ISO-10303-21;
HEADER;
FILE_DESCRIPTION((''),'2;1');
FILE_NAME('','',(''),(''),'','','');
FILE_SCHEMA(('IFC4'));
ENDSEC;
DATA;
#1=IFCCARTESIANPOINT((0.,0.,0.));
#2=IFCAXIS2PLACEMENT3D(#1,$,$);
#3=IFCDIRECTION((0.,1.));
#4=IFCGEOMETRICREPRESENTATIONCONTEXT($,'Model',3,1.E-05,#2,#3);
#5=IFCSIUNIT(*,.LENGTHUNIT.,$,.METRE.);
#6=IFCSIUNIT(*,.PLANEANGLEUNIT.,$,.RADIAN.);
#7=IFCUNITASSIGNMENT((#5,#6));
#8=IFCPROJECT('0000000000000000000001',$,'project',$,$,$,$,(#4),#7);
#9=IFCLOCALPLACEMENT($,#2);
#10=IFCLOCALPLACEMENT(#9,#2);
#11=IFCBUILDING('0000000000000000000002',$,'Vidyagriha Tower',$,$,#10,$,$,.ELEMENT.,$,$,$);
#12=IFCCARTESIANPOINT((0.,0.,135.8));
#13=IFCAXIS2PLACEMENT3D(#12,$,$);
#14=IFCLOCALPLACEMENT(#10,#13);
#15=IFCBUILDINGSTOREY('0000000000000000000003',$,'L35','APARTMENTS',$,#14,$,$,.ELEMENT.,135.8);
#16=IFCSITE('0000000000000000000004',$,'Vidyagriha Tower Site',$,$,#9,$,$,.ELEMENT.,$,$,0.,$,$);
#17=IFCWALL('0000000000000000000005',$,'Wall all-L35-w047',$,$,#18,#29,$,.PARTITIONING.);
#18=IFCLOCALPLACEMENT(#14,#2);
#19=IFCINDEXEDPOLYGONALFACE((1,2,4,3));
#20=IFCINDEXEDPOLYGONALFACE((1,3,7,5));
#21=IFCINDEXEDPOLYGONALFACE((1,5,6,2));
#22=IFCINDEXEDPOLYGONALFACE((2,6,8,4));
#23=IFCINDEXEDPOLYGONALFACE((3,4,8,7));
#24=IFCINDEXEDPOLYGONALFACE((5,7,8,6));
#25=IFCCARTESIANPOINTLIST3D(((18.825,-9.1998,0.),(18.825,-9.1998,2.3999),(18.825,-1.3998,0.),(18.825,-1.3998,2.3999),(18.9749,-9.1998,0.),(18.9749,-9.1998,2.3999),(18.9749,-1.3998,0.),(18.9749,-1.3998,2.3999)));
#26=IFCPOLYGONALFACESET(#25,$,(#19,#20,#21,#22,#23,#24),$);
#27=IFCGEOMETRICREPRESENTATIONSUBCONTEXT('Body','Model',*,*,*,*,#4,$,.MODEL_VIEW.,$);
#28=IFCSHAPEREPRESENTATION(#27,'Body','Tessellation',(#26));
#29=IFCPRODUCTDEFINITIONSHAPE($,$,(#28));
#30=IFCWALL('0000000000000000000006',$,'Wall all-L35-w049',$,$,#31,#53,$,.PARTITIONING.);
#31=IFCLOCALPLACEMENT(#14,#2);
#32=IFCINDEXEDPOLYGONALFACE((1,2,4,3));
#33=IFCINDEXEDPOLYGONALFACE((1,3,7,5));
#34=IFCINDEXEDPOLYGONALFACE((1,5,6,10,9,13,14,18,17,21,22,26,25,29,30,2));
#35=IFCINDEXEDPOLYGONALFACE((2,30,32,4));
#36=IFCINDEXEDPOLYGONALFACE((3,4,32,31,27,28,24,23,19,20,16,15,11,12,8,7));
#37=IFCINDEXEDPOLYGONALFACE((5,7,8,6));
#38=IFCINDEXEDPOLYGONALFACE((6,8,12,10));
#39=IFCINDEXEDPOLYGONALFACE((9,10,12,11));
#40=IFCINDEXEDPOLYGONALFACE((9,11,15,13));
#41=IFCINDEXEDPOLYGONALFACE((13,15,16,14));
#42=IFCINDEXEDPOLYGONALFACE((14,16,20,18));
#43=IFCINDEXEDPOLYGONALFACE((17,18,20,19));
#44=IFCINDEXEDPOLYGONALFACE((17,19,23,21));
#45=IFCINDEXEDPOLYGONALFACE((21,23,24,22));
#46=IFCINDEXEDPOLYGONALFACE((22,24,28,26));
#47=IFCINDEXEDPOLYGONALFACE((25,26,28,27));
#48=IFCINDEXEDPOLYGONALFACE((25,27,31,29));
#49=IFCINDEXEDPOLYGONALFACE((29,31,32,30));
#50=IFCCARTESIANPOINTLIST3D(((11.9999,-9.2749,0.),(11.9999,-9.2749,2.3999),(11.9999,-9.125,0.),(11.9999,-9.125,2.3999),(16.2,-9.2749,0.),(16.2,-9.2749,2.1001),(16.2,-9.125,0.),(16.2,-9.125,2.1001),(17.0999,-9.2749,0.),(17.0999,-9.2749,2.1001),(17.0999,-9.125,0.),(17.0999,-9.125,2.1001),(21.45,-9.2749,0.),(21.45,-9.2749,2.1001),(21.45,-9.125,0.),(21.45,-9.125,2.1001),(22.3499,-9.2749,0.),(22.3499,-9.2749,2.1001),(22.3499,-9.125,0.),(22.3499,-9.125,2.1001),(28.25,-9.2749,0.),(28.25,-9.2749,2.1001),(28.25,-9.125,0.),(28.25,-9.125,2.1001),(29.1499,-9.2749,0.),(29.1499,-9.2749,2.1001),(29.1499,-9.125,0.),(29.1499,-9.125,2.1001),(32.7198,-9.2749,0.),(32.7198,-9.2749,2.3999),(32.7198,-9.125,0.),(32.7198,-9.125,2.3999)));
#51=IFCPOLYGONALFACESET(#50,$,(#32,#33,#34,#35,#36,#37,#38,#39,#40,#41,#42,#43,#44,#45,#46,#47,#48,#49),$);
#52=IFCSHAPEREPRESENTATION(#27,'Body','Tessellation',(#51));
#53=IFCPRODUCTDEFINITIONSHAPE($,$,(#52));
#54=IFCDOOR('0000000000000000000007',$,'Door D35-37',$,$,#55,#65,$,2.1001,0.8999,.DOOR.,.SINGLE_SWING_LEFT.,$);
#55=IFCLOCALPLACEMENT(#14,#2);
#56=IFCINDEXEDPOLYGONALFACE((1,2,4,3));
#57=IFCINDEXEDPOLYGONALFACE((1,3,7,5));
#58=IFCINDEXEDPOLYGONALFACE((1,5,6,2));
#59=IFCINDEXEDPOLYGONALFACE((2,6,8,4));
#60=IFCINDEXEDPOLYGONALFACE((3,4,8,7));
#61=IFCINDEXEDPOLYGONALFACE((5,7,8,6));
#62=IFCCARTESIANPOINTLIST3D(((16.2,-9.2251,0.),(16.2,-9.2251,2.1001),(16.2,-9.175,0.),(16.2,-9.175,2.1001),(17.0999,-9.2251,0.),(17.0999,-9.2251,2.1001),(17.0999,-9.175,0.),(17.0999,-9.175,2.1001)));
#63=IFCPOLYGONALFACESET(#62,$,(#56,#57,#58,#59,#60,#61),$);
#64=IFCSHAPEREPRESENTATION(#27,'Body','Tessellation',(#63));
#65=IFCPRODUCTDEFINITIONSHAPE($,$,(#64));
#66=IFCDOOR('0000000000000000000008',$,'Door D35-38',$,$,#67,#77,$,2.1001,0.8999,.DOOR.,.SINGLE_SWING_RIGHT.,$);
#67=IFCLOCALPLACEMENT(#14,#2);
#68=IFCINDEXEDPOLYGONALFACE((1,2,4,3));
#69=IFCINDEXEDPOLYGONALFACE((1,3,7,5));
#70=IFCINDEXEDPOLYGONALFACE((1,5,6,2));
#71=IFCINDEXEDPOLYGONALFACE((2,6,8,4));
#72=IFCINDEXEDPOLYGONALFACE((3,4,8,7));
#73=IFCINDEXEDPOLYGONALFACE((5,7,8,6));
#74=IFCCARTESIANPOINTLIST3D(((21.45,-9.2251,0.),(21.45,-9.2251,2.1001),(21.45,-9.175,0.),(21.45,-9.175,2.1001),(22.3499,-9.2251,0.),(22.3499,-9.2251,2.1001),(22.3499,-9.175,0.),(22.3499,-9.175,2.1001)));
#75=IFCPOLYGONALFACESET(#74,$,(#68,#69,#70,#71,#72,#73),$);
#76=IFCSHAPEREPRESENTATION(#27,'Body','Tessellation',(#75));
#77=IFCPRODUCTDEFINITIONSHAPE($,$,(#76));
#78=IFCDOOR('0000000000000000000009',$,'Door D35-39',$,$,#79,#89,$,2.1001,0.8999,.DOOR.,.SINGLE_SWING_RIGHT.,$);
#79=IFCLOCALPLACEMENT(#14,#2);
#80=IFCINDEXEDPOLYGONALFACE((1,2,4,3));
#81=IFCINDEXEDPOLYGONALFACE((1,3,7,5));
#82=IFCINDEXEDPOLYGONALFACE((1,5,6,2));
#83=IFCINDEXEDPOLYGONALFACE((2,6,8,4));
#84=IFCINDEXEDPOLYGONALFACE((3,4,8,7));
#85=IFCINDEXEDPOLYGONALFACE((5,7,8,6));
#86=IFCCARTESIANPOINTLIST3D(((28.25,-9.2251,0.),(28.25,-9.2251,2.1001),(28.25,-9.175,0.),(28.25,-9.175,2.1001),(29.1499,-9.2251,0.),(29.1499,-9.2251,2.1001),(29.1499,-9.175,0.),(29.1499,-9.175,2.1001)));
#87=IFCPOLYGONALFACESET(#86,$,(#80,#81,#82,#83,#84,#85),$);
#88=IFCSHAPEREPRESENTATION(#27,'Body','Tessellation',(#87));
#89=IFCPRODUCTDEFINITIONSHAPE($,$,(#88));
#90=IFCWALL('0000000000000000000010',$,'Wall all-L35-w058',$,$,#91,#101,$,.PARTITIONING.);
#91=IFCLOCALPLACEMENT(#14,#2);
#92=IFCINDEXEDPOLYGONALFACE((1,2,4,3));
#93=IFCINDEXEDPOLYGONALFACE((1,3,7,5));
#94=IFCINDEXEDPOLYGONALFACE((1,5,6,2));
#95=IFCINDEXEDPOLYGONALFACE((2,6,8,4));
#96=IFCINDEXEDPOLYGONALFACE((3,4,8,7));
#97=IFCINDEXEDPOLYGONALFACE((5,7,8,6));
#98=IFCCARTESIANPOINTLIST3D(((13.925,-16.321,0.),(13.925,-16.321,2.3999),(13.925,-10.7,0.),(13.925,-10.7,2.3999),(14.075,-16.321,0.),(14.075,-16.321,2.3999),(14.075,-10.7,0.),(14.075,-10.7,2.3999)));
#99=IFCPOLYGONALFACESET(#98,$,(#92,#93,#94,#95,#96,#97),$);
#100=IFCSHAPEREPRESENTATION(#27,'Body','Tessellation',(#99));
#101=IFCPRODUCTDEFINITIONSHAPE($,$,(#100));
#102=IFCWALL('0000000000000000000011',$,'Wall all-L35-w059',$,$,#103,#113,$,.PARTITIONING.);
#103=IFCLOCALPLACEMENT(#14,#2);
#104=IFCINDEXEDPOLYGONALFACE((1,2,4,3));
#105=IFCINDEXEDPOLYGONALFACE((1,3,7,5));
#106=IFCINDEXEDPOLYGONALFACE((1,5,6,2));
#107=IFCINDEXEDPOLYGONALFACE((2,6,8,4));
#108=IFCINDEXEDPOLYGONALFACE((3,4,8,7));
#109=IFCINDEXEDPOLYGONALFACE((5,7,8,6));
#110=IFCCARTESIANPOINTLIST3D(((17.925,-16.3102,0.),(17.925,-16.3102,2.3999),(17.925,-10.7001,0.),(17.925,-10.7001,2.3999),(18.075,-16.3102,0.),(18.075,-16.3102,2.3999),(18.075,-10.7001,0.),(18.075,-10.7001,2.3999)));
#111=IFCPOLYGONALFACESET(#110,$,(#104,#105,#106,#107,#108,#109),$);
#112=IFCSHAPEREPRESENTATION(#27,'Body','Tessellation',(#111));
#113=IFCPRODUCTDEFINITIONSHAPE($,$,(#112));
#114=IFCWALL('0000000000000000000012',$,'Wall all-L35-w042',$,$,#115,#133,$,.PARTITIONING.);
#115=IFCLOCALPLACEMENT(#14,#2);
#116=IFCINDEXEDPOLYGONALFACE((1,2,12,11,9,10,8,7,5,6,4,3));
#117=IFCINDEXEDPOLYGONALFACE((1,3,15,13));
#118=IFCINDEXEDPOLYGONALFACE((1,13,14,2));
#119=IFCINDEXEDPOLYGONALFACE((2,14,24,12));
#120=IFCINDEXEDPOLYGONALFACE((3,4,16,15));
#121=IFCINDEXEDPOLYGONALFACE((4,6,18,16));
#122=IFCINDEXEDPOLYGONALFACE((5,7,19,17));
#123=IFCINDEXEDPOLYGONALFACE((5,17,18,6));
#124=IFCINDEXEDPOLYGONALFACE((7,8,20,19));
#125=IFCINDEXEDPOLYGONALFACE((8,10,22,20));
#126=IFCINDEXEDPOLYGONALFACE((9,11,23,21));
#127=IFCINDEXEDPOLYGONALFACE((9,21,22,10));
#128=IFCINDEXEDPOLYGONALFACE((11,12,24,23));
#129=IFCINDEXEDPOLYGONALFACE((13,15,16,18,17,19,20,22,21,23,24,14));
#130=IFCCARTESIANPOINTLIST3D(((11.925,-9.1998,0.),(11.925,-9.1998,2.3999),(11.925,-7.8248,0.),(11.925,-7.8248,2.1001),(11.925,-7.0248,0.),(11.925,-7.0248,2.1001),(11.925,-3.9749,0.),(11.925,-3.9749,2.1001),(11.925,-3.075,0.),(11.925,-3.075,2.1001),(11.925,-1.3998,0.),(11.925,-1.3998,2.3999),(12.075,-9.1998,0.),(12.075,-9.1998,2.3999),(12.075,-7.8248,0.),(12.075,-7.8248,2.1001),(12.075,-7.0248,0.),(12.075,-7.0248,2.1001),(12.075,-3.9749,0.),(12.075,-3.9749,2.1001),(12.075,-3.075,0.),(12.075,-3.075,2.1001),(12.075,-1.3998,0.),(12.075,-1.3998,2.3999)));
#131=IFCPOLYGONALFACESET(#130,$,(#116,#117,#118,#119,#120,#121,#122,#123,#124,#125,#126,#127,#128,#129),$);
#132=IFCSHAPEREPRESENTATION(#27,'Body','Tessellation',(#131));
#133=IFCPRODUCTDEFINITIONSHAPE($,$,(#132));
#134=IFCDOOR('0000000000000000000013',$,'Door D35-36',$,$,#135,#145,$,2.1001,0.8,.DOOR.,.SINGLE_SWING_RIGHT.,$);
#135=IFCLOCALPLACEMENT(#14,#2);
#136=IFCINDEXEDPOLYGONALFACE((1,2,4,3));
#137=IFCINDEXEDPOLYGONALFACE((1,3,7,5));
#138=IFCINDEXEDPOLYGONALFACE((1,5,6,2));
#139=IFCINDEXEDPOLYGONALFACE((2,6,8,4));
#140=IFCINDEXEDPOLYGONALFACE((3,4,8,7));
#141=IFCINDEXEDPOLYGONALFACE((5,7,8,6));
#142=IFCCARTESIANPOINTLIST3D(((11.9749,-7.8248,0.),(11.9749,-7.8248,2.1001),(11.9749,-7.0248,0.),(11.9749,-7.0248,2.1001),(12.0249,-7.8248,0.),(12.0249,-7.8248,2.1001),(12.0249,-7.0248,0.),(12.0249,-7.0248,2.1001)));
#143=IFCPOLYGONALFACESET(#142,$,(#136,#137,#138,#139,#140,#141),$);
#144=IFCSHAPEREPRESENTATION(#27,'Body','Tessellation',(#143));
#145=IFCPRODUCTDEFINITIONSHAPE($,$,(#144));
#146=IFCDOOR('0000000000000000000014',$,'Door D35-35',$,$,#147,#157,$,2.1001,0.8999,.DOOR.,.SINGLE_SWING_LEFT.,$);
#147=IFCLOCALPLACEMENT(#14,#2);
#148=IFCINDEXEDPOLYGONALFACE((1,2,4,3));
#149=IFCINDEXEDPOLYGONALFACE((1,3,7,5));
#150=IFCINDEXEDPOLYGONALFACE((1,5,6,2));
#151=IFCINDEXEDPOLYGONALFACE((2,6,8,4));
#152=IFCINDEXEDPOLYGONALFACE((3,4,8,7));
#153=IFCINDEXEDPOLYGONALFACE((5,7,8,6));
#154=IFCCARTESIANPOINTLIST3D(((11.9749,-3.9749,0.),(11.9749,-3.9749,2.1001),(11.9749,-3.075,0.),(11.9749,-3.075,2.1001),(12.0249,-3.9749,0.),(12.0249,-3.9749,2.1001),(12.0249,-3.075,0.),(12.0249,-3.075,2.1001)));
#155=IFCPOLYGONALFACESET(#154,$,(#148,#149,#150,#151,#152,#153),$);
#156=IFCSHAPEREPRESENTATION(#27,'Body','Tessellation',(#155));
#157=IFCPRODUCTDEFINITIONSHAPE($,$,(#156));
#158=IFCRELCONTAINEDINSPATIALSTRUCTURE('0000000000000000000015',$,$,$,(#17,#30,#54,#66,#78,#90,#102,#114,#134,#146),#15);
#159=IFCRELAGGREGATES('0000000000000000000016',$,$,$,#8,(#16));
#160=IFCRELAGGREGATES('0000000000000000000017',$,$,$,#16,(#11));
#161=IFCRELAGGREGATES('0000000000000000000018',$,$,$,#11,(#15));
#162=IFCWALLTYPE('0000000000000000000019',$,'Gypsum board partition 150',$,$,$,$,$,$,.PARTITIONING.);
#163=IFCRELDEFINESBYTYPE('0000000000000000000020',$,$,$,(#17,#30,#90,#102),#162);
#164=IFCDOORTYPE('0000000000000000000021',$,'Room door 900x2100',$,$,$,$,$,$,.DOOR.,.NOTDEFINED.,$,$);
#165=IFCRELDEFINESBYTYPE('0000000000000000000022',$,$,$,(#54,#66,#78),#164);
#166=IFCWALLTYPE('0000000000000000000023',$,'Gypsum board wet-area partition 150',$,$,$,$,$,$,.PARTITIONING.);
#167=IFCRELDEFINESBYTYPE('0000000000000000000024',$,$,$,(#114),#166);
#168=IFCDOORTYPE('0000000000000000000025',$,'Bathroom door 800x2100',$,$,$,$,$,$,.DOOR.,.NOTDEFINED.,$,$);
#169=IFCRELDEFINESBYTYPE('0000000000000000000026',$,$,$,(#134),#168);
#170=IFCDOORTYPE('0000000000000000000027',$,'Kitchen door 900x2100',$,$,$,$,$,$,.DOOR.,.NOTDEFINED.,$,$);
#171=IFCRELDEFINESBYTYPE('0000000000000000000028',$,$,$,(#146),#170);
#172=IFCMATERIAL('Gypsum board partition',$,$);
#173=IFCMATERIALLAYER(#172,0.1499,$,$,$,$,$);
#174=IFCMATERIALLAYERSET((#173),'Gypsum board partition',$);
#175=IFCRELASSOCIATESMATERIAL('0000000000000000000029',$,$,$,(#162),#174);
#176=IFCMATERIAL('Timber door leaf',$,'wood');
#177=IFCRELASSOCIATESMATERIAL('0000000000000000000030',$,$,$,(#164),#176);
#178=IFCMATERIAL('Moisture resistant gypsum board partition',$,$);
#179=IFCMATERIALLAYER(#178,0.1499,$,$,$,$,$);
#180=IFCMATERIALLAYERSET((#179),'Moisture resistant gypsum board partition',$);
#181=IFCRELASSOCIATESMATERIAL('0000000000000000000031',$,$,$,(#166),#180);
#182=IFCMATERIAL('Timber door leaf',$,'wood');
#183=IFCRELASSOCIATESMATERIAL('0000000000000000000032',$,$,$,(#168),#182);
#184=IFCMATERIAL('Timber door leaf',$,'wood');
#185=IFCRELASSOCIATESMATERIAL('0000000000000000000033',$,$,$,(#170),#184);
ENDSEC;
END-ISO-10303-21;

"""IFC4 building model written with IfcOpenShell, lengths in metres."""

from ifc_helpers import new_model, si_unit, direction, frame, frame_2d, origin, place, context, subcontext, project, spatial, rectangle, extrude, material, layer, layer_set, type_object, element, fill, save


model = new_model("IFC4")

# Units and contexts
model_context = context("Model", 3, precision=1e-05, world=origin(), true_north=direction((0.0, 1.0)))
body_context = subcontext(model_context, "Body", "Model", "MODEL_VIEW")
ifc_project = project(units=[si_unit("LENGTHUNIT", "METRE"), si_unit("PLANEANGLEUNIT", "RADIAN")], contexts=[model_context])

# Site, building, storey
site_placement = place(None, origin())
site = spatial("IfcSite", under=ifc_project, at=site_placement, Name="Vidyagriha Tower Site", CompositionType="ELEMENT", RefElevation=0.0)
building_placement = place(site_placement, origin())
building = spatial("IfcBuilding", under=site, at=building_placement, Name="Vidyagriha Tower", CompositionType="ELEMENT")
storey_placement = place(building_placement, frame((0.0, 0.0, 135.8)))
storey = spatial("IfcBuildingStorey", under=building, at=storey_placement, Name="L35", Description="APARTMENTS", CompositionType="ELEMENT", Elevation=135.8)

# Wall
ifc_material_1 = material(Name="Gypsum board partition")
ifc_layer_1 = layer(ifc_material_1, 0.1499)
ifc_layer_set_1 = layer_set([ifc_layer_1], Name="Gypsum board partition")
wall_type_1 = type_object("IfcWallType", Name="Gypsum board partition 150", PredefinedType="PARTITIONING", material=ifc_layer_set_1)
for number, where, z_axis, x_axis, name in (
    (1, (18.8999, -1.3999, 0.0), (0.0, 0.0, 1.0), (0.0, -1.0, 0.0), "Wall all-L35-w047"),
):
    element("IfcWall", number, at=place(storey_placement, frame(where, z_axis=z_axis, x_axis=x_axis)), inside=storey, type_object=wall_type_1, Name=name, PredefinedType="PARTITIONING", context=body_context, shape_type="SweptSolid", body=[
        extrude(rectangle(XDim=7.8, YDim=0.1499, at=frame_2d((3.8999, 0.0))), origin(), (0.0, 0.0, 1.0), 2.3999),
    ])

# Wall, openings, doors
wall_1_placement = place(storey_placement, frame((12.0, -9.2, 0.0)))
wall_1 = element("IfcWall", 2, at=wall_1_placement, inside=storey, type_object=wall_type_1, Name="Wall all-L35-w049", PredefinedType="PARTITIONING", context=body_context, shape_type="SweptSolid", body=[
    extrude(rectangle(XDim=20.72, YDim=0.1499, at=frame_2d((10.3599, 0.0))), origin(), (0.0, 0.0, 1.0), 2.3999),
])
opening_1_placement = place(wall_1_placement, frame((4.2, 0.0, 0.0)))
opening_1 = element("IfcOpeningElement", 3, at=opening_1_placement, cuts=wall_1, PredefinedType="OPENING", context=body_context, shape_type="SweptSolid", body=[
    extrude(rectangle(XDim=0.8999, YDim=2.1001, at=frame_2d((0.45, 1.05))), frame((0.0, 0.085, 0.0), z_axis=(0.0, -1.0, 0.0), x_axis=(1.0, 0.0, 0.0)), (0.0, 0.0, 1.0), 0.1699),
])
opening_2_placement = place(wall_1_placement, frame((9.45, 0.0, 0.0)))
opening_2 = element("IfcOpeningElement", 4, at=opening_2_placement, cuts=wall_1, PredefinedType="OPENING", context=body_context, shape_type="SweptSolid", body=[
    extrude(rectangle(XDim=0.8999, YDim=2.1001, at=frame_2d((0.45, 1.05))), frame((0.0, 0.085, 0.0), z_axis=(0.0, -1.0, 0.0), x_axis=(1.0, 0.0, 0.0)), (0.0, 0.0, 1.0), 0.1699),
])
opening_3_placement = place(wall_1_placement, frame((16.25, 0.0, 0.0)))
opening_3 = element("IfcOpeningElement", 5, at=opening_3_placement, cuts=wall_1, PredefinedType="OPENING", context=body_context, shape_type="SweptSolid", body=[
    extrude(rectangle(XDim=0.8999, YDim=2.1001, at=frame_2d((0.45, 1.05))), frame((0.0, 0.085, 0.0), z_axis=(0.0, -1.0, 0.0), x_axis=(1.0, 0.0, 0.0)), (0.0, 0.0, 1.0), 0.1699),
])
ifc_material_2 = material(Name="Timber door leaf", Category="wood")
door_type_1 = type_object("IfcDoorType", Name="Room door 900x2100", OperationType="NOTDEFINED", PredefinedType="DOOR", material=ifc_material_2)
door_1_placement = place(opening_1_placement, origin())
door_1 = element("IfcDoor", 6, at=door_1_placement, inside=storey, type_object=door_type_1, Name="Door D35-37", OperationType="SINGLE_SWING_LEFT", OverallHeight=2.1001, OverallWidth=0.8999, PredefinedType="DOOR", context=body_context, shape_type="SweptSolid", body=[
    extrude(rectangle(XDim=0.8999, YDim=2.1001, at=frame_2d((0.45, 1.05))), frame((0.0, 0.0249, 0.0), z_axis=(0.0, -1.0, 0.0), x_axis=(1.0, 0.0, 0.0)), (0.0, 0.0, 1.0), 0.05),
])
fill(opening_1, door_1)
door_2_placement = place(opening_2_placement, origin())
door_2 = element("IfcDoor", 7, at=door_2_placement, inside=storey, type_object=door_type_1, Name="Door D35-38", OperationType="SINGLE_SWING_RIGHT", OverallHeight=2.1001, OverallWidth=0.8999, PredefinedType="DOOR", context=body_context, shape_type="SweptSolid", body=[
    extrude(rectangle(XDim=0.8999, YDim=2.1001, at=frame_2d((0.45, 1.05))), frame((0.0, 0.0249, 0.0), z_axis=(0.0, -1.0, 0.0), x_axis=(1.0, 0.0, 0.0)), (0.0, 0.0, 1.0), 0.05),
])
fill(opening_2, door_2)
door_3_placement = place(opening_3_placement, origin())
door_3 = element("IfcDoor", 8, at=door_3_placement, inside=storey, type_object=door_type_1, Name="Door D35-39", OperationType="SINGLE_SWING_RIGHT", OverallHeight=2.1001, OverallWidth=0.8999, PredefinedType="DOOR", context=body_context, shape_type="SweptSolid", body=[
    extrude(rectangle(XDim=0.8999, YDim=2.1001, at=frame_2d((0.45, 1.05))), frame((0.0, 0.0249, 0.0), z_axis=(0.0, -1.0, 0.0), x_axis=(1.0, 0.0, 0.0)), (0.0, 0.0, 1.0), 0.05),
])
fill(opening_3, door_3)

# Walls
wall_2_placement = place(storey_placement, frame((14.0, -10.7, 0.0), z_axis=(0.0, 0.0, 1.0), x_axis=(0.0, -1.0, 0.0)))
element("IfcWall", 9, at=wall_2_placement, inside=storey, type_object=wall_type_1, Name="Wall all-L35-w058", PredefinedType="PARTITIONING", context=body_context, shape_type="SweptSolid", body=[
    extrude(rectangle(XDim=5.6211, YDim=0.1499, at=frame_2d((2.8105, 0.0))), origin(), (0.0, 0.0, 1.0), 2.3999),
])
wall_3_placement = place(storey_placement, frame((18.0, -10.7, 0.0), z_axis=(0.0, 0.0, 1.0), x_axis=(0.0, -1.0, 0.0)))
element("IfcWall", 10, at=wall_3_placement, inside=storey, type_object=wall_type_1, Name="Wall all-L35-w059", PredefinedType="PARTITIONING", context=body_context, shape_type="SweptSolid", body=[
    extrude(rectangle(XDim=5.6101, YDim=0.1499, at=frame_2d((2.8052, 0.0))), origin(), (0.0, 0.0, 1.0), 2.3999),
])

# Wall, openings, doors
ifc_material_3 = material(Name="Moisture resistant gypsum board partition")
ifc_layer_2 = layer(ifc_material_3, 0.1499)
ifc_layer_set_2 = layer_set([ifc_layer_2], Name="Moisture resistant gypsum board partition")
wall_type_2 = type_object("IfcWallType", Name="Gypsum board wet-area partition 150", PredefinedType="PARTITIONING", material=ifc_layer_set_2)
wall_4_placement = place(storey_placement, frame((12.0, -1.3999, 0.0), z_axis=(0.0, 0.0, 1.0), x_axis=(0.0, -1.0, 0.0)))
wall_4 = element("IfcWall", 11, at=wall_4_placement, inside=storey, type_object=wall_type_2, Name="Wall all-L35-w042", PredefinedType="PARTITIONING", context=body_context, shape_type="SweptSolid", body=[
    extrude(rectangle(XDim=7.8, YDim=0.1499, at=frame_2d((3.8999, 0.0))), origin(), (0.0, 0.0, 1.0), 2.3999),
])
opening_4_placement = place(wall_4_placement, frame((1.675, 0.0, 0.0)))
opening_4 = element("IfcOpeningElement", 12, at=opening_4_placement, cuts=wall_4, PredefinedType="OPENING", context=body_context, shape_type="SweptSolid", body=[
    extrude(rectangle(XDim=0.8999, YDim=2.1001, at=frame_2d((0.45, 1.05))), frame((0.0, 0.085, 0.0), z_axis=(0.0, -1.0, 0.0), x_axis=(1.0, 0.0, 0.0)), (0.0, 0.0, 1.0), 0.1699),
])
opening_5_placement = place(wall_4_placement, frame((5.625, 0.0, 0.0)))
opening_5 = element("IfcOpeningElement", 13, at=opening_5_placement, cuts=wall_4, PredefinedType="OPENING", context=body_context, shape_type="SweptSolid", body=[
    extrude(rectangle(XDim=0.8, YDim=2.1001, at=frame_2d((0.3999, 1.05))), frame((0.0, 0.085, 0.0), z_axis=(0.0, -1.0, 0.0), x_axis=(1.0, 0.0, 0.0)), (0.0, 0.0, 1.0), 0.1699),
])
ifc_material_4 = material(Name="Timber door leaf", Category="wood")
door_type_2 = type_object("IfcDoorType", Name="Bathroom door 800x2100", OperationType="NOTDEFINED", PredefinedType="DOOR", material=ifc_material_4)
door_4_placement = place(opening_5_placement, origin())
door_4 = element("IfcDoor", 14, at=door_4_placement, inside=storey, type_object=door_type_2, Name="Door D35-36", OperationType="SINGLE_SWING_RIGHT", OverallHeight=2.1001, OverallWidth=0.8, PredefinedType="DOOR", context=body_context, shape_type="SweptSolid", body=[
    extrude(rectangle(XDim=0.8, YDim=2.1001, at=frame_2d((0.3999, 1.05))), frame((0.0, 0.0249, 0.0), z_axis=(0.0, -1.0, 0.0), x_axis=(1.0, 0.0, 0.0)), (0.0, 0.0, 1.0), 0.05),
])
fill(opening_5, door_4)
ifc_material_5 = material(Name="Timber door leaf", Category="wood")
door_type_3 = type_object("IfcDoorType", Name="Kitchen door 900x2100", OperationType="NOTDEFINED", PredefinedType="DOOR", material=ifc_material_5)
door_5_placement = place(opening_4_placement, origin())
door_5 = element("IfcDoor", 15, at=door_5_placement, inside=storey, type_object=door_type_3, Name="Door D35-35", OperationType="SINGLE_SWING_LEFT", OverallHeight=2.1001, OverallWidth=0.8999, PredefinedType="DOOR", context=body_context, shape_type="SweptSolid", body=[
    extrude(rectangle(XDim=0.8999, YDim=2.1001, at=frame_2d((0.45, 1.05))), frame((0.0, 0.0249, 0.0), z_axis=(0.0, -1.0, 0.0), x_axis=(1.0, 0.0, 0.0)), (0.0, 0.0, 1.0), 0.05),
])
fill(opening_4, door_5)

save(model, "model.ifc")
